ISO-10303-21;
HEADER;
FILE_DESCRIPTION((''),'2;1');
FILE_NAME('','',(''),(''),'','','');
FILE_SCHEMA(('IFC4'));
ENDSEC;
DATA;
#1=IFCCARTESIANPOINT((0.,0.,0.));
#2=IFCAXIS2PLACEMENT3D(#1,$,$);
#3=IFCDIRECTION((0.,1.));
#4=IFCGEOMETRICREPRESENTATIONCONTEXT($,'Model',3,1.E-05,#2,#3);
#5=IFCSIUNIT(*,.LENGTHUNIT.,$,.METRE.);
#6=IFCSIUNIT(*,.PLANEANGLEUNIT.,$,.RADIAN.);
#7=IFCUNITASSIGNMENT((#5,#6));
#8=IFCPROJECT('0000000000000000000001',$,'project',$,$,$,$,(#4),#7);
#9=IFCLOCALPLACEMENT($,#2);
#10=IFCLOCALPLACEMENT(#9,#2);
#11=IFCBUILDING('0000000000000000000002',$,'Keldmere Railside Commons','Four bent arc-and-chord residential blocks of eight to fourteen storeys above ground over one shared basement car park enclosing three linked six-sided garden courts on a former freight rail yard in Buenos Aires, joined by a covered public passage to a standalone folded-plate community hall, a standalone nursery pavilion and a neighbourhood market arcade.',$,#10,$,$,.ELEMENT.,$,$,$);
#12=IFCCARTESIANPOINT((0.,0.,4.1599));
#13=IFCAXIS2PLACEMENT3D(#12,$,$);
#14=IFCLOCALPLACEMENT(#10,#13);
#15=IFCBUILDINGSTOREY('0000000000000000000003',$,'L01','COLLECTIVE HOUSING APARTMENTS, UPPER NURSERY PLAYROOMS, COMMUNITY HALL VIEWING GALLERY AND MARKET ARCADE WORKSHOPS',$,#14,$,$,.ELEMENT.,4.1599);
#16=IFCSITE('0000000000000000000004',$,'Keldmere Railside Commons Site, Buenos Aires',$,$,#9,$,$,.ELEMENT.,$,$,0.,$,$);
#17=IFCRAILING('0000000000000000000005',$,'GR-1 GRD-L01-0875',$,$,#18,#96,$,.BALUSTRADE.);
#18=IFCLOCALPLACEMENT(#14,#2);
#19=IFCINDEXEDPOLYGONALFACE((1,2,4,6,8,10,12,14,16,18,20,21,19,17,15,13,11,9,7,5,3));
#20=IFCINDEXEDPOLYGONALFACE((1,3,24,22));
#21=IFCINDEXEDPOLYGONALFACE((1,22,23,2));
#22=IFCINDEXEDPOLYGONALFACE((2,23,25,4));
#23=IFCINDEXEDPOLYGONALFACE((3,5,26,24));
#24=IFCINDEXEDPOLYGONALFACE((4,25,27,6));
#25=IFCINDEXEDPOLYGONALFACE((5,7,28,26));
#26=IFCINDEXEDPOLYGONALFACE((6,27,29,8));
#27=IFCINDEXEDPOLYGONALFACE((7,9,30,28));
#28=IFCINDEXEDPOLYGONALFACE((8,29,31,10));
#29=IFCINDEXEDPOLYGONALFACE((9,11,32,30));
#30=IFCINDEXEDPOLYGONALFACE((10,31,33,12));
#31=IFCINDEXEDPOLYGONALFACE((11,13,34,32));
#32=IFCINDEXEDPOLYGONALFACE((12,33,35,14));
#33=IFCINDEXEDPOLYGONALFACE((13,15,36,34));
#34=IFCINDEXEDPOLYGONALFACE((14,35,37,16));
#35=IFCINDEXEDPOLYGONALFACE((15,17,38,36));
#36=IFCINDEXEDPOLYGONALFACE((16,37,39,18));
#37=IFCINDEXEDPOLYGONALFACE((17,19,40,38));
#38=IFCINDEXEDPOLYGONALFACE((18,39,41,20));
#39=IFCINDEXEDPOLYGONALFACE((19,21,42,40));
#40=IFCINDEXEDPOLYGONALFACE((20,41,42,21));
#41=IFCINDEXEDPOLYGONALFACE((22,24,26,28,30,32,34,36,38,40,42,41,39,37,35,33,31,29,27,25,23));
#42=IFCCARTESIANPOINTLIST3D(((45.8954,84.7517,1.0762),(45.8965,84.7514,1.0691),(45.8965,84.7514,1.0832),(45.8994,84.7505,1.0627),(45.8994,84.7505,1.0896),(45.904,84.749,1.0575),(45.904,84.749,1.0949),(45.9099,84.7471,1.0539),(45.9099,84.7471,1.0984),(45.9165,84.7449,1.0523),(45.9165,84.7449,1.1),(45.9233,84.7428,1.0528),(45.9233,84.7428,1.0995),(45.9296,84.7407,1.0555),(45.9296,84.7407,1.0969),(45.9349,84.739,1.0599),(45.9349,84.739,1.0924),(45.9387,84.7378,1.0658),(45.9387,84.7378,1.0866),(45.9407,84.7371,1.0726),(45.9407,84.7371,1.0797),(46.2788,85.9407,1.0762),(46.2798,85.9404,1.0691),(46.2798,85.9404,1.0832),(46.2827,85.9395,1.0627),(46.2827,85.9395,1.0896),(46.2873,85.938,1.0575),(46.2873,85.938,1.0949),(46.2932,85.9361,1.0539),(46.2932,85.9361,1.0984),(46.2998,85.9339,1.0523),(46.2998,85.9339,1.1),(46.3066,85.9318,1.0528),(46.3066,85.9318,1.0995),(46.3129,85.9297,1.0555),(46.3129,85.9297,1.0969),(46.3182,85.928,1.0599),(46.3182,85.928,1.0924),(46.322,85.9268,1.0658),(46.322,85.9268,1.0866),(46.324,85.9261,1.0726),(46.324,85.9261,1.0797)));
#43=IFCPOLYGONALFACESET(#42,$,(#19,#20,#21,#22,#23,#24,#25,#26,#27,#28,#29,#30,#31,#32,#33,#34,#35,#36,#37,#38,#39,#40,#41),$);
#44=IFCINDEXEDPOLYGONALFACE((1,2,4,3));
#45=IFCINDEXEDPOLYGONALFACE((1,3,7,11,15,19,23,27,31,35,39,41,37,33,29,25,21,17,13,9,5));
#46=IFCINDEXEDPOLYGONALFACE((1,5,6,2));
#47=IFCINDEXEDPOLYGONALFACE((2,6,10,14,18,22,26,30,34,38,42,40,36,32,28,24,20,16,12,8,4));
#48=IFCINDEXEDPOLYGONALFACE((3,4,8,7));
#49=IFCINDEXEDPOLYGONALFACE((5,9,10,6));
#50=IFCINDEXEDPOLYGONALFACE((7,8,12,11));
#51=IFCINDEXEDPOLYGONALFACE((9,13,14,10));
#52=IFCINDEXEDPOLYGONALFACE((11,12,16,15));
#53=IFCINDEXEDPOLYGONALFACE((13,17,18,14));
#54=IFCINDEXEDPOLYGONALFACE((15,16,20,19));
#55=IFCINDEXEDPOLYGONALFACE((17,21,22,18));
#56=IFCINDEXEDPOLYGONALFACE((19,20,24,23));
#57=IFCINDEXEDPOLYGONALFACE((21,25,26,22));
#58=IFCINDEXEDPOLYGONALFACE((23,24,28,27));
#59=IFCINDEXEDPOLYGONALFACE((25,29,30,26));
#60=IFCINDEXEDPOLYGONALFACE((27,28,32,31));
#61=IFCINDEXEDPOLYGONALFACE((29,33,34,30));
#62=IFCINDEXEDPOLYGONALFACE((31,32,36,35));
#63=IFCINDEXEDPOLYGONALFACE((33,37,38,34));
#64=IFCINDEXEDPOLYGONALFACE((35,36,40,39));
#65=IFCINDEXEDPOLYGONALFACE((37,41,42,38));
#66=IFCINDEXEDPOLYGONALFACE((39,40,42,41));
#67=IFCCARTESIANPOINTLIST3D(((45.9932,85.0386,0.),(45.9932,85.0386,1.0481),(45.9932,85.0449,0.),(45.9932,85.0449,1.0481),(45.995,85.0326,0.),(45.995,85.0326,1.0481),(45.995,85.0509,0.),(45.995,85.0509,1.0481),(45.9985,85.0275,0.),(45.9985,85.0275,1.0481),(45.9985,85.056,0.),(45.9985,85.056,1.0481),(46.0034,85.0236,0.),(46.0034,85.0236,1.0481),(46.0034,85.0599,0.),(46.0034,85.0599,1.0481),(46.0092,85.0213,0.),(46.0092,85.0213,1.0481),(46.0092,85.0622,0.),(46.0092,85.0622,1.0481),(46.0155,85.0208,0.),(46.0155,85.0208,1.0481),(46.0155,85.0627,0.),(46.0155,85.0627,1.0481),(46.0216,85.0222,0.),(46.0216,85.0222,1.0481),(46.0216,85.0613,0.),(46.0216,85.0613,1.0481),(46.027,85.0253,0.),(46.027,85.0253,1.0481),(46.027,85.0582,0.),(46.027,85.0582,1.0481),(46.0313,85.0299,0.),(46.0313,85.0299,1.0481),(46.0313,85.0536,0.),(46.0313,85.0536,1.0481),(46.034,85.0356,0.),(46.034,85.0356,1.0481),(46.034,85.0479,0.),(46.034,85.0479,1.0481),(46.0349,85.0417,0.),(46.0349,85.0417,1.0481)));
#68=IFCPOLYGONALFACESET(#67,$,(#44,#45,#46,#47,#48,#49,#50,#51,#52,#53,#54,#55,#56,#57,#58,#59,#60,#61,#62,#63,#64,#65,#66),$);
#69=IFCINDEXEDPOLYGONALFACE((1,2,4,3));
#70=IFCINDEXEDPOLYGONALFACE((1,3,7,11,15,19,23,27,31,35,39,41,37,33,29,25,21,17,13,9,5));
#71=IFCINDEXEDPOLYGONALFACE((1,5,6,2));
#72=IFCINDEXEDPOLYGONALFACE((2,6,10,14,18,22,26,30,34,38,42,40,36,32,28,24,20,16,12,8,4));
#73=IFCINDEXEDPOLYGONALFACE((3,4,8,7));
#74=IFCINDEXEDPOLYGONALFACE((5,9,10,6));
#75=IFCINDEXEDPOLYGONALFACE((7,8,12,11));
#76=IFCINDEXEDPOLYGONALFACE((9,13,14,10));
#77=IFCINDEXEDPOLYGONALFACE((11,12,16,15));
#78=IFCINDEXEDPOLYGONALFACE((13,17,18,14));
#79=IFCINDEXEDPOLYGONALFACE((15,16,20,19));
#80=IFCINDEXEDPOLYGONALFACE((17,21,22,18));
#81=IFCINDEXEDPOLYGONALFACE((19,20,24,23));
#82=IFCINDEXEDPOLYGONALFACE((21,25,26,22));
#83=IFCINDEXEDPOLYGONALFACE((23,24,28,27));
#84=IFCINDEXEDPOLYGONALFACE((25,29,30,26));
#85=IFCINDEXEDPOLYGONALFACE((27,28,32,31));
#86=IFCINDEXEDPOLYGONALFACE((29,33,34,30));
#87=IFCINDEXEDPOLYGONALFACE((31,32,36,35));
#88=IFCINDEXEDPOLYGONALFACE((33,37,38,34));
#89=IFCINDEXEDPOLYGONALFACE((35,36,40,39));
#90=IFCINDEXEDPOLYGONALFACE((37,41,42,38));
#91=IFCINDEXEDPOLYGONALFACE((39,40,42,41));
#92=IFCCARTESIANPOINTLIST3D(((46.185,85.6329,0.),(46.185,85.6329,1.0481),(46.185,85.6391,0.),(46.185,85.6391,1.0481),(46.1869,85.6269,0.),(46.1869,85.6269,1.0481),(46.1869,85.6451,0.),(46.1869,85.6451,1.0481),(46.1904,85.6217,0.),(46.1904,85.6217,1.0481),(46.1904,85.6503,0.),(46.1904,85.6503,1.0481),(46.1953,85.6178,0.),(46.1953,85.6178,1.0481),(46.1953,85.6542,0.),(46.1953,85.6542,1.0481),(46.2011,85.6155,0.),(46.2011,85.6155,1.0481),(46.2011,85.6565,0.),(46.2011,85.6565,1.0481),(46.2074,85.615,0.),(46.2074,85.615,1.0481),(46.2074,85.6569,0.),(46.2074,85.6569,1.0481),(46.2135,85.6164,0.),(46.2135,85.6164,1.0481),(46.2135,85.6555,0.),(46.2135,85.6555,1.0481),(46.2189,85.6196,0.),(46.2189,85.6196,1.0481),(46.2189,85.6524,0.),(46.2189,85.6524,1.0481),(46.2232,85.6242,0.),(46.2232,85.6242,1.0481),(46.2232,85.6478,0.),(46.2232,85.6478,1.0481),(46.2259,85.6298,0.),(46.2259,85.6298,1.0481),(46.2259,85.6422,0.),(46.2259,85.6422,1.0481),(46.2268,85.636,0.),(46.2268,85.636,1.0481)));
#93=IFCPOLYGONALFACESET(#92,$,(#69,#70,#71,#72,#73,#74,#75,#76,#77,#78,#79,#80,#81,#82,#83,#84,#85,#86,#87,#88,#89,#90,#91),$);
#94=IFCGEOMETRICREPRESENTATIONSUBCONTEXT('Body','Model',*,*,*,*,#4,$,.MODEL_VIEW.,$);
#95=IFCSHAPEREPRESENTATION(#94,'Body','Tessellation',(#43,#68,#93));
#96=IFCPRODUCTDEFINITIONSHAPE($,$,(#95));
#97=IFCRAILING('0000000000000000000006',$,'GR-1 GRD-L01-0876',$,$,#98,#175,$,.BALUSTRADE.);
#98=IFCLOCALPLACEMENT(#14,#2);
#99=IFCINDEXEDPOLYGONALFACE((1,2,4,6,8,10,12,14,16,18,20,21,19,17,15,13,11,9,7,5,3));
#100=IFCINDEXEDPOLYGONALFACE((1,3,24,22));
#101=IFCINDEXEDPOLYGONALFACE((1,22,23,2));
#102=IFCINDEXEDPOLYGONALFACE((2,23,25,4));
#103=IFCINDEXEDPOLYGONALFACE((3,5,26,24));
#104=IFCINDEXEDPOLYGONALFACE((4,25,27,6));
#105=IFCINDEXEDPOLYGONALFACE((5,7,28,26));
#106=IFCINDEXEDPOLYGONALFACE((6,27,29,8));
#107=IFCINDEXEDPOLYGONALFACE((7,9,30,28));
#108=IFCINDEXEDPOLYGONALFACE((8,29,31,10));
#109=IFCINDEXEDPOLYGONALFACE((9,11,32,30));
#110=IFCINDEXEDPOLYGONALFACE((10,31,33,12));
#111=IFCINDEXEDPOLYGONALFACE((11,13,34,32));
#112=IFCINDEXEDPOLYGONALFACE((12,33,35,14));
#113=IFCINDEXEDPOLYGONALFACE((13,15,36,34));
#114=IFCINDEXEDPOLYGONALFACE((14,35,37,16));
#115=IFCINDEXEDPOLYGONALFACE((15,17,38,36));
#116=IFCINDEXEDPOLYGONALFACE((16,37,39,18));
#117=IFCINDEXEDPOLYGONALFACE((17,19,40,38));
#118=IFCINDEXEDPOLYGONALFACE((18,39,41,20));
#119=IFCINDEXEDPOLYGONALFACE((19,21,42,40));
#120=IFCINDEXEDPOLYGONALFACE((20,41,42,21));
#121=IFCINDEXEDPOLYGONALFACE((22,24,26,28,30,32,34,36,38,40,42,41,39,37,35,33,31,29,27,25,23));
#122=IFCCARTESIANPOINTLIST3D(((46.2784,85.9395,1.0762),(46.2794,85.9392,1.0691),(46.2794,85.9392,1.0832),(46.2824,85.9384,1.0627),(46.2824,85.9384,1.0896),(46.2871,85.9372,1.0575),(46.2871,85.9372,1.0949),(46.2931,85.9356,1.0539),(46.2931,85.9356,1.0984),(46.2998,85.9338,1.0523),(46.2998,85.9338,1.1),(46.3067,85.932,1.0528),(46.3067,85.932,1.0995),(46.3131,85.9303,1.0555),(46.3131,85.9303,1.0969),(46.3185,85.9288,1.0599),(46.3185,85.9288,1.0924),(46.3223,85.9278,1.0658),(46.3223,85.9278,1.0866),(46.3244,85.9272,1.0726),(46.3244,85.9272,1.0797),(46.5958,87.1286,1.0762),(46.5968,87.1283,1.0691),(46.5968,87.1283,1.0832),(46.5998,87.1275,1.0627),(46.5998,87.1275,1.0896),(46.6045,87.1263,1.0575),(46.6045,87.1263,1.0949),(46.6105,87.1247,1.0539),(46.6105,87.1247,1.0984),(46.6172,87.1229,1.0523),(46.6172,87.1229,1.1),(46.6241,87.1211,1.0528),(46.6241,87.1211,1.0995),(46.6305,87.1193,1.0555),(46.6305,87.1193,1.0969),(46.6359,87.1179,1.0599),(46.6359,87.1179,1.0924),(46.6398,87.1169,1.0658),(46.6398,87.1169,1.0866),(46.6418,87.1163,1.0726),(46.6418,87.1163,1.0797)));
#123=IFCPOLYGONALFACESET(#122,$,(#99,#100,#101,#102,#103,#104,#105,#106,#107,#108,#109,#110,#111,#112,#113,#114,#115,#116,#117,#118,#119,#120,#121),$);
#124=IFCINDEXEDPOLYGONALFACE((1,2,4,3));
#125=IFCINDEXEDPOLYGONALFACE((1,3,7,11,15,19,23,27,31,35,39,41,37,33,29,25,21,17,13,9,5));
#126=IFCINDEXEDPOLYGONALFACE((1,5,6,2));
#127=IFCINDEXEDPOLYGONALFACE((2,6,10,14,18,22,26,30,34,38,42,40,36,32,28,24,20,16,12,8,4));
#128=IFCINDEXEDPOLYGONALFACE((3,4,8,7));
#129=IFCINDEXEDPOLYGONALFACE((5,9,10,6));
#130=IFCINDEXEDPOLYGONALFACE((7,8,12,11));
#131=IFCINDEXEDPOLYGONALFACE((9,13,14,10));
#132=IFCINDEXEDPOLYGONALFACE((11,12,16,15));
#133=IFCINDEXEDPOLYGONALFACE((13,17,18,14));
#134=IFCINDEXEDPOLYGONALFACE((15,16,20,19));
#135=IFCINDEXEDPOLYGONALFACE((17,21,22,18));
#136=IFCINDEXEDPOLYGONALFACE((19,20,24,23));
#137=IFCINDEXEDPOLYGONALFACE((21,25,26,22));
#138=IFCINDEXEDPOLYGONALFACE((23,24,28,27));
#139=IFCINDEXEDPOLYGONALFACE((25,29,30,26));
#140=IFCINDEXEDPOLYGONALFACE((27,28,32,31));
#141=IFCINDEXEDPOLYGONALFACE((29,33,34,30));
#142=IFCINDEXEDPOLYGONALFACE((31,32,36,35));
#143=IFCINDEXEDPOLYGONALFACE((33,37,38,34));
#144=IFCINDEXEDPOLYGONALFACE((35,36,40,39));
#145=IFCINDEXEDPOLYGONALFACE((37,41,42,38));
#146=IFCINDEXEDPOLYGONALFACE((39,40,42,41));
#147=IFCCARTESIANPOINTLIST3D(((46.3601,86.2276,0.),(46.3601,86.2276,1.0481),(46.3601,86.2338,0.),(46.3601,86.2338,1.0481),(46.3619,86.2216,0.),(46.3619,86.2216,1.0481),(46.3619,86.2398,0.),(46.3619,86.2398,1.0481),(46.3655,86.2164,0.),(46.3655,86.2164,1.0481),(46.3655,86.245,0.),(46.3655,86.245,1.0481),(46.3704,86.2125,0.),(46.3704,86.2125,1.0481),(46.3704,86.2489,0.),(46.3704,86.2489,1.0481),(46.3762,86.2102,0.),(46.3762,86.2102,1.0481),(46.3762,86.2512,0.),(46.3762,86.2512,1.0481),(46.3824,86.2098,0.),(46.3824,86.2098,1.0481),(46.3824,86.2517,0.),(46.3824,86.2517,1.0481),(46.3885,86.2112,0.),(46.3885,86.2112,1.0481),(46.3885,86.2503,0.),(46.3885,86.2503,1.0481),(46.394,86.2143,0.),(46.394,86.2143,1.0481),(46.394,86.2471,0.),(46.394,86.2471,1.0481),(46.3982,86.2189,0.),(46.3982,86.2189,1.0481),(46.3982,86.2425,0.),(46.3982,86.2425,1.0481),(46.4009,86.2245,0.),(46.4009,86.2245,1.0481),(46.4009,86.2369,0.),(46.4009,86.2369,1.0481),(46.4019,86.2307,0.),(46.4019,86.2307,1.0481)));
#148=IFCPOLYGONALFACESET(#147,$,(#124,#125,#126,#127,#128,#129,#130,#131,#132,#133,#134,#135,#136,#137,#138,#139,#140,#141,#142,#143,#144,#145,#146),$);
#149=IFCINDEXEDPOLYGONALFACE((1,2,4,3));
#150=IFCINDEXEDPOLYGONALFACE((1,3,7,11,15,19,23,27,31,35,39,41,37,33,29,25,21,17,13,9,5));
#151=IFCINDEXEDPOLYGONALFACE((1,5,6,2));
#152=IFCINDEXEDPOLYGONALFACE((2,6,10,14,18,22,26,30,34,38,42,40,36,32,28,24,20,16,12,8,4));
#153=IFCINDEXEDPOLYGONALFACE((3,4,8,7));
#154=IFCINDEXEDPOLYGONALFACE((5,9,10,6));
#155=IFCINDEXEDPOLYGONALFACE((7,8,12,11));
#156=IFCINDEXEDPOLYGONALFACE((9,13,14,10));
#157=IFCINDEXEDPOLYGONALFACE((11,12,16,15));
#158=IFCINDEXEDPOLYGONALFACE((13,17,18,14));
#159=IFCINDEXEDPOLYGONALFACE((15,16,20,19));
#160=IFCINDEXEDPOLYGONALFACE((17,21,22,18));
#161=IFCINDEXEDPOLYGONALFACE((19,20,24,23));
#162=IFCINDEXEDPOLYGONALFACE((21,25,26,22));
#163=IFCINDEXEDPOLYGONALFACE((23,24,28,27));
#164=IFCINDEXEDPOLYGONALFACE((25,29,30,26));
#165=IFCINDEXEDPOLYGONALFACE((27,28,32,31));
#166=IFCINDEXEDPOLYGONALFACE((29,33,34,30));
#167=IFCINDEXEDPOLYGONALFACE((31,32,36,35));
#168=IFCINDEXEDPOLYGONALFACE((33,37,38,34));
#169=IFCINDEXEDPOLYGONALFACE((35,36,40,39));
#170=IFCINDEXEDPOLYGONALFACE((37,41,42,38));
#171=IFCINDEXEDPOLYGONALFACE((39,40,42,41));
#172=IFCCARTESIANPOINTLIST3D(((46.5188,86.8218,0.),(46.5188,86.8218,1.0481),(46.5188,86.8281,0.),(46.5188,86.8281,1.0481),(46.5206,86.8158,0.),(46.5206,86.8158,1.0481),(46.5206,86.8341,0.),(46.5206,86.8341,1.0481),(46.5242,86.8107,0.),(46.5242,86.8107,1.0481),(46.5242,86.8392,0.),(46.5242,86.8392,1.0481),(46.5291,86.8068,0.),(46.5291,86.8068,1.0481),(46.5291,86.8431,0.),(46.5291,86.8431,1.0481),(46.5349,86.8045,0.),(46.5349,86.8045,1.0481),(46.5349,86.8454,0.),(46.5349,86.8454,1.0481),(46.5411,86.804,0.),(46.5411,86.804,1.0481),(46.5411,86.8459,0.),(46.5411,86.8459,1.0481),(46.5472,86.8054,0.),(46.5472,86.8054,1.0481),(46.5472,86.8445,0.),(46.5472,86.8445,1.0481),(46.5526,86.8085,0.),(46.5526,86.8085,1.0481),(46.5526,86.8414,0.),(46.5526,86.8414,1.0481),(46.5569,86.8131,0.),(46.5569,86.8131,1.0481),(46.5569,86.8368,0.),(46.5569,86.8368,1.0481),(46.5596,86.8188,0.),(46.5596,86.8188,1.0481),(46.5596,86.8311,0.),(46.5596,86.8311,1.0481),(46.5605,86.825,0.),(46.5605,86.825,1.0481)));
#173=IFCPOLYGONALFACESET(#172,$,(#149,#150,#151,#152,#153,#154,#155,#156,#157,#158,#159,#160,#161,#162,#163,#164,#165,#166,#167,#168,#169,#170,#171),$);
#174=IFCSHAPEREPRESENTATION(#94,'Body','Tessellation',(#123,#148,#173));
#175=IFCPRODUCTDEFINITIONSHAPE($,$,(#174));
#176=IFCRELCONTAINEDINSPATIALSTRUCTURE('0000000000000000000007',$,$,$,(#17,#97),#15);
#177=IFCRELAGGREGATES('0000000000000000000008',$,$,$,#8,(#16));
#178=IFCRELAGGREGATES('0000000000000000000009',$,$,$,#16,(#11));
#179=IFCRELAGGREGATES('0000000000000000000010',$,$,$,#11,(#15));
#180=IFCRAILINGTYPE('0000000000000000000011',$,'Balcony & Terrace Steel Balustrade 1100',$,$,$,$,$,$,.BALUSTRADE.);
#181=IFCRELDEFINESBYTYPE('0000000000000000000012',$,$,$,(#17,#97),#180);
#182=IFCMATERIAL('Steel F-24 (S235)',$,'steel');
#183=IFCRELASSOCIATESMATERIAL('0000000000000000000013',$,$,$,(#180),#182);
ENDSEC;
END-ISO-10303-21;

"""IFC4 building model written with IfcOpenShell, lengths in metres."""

from ifc_helpers import new_model, si_unit, direction, frame, origin, origin_2d, place, context, subcontext, project, spatial, circle, extrude, material, type_object, element, save


model = new_model("IFC4")

# Units and contexts
model_context = context("Model", 3, precision=1e-05, world=origin(), true_north=direction((0.0, 1.0)))
body_context = subcontext(model_context, "Body", "Model", "MODEL_VIEW")
ifc_project = project(units=[si_unit("LENGTHUNIT", "METRE"), si_unit("PLANEANGLEUNIT", "RADIAN")], contexts=[model_context])

# Site, building, storey
site_placement = place(None, origin())
site = spatial("IfcSite", under=ifc_project, at=site_placement, Name="Keldmere Railside Commons Site, Buenos Aires", CompositionType="ELEMENT", RefElevation=0.0)
building_placement = place(site_placement, origin())
building = spatial("IfcBuilding", under=site, at=building_placement, Name="Keldmere Railside Commons", Description="Four bent arc-and-chord residential blocks of eight to fourteen storeys above ground over one shared basement car park enclosing three linked six-sided garden courts on a former freight rail yard in Buenos Aires, joined by a covered public passage to a standalone folded-plate community hall, a standalone nursery pavilion and a neighbourhood market arcade.", CompositionType="ELEMENT")
storey_placement = place(building_placement, frame((0.0, 0.0, 4.1599)))
storey = spatial("IfcBuildingStorey", under=building, at=storey_placement, Name="L01", Description="COLLECTIVE HOUSING APARTMENTS, UPPER NURSERY PLAYROOMS, COMMUNITY HALL VIEWING GALLERY AND MARKET ARCADE WORKSHOPS", CompositionType="ELEMENT", Elevation=4.1599)

# Shared definitions
ifc_material_1 = material(Name="Steel F-24 (S235)", Category="steel")

# Railings
railing_type = type_object("IfcRailingType", Name="Balcony & Terrace Steel Balustrade 1100", PredefinedType="BALUSTRADE", material=ifc_material_1)
railing_1_placement = place(storey_placement, frame((45.9182, 84.7444, 0.0)))
element("IfcRailing", 1, at=railing_1_placement, inside=storey, type_object=railing_type, Name="GR-1 GRD-L01-0875", PredefinedType="BALUSTRADE", context=body_context, shape_type="SweptSolid", body=[
    extrude(circle(Radius=0.0239, at=origin_2d()), frame((0.0, 0.0, 1.0762), z_axis=(0.306831, 0.951764, 0.0), x_axis=(-0.951764, 0.306831, 0.0)), (0.0, 0.0, 1.0), 1.2493),
    extrude(circle(Radius=0.021, at=origin_2d()), frame((0.0957, 0.2974, 0.0)), (0.0, 0.0, 1.0), 1.0481),
    extrude(circle(Radius=0.021, at=origin_2d()), frame((0.2876, 0.8916, 0.0)), (0.0, 0.0, 1.0), 1.0481),
])
railing_2_placement = place(storey_placement, frame((46.3015, 85.9333, 0.0)))
element("IfcRailing", 2, at=railing_2_placement, inside=storey, type_object=railing_type, Name="GR-1 GRD-L01-0876", PredefinedType="BALUSTRADE", context=body_context, shape_type="SweptSolid", body=[
    extrude(circle(Radius=0.0239, at=origin_2d()), frame((0.0, 0.0, 1.0762), z_axis=(0.25791, 0.966169, 0.0), x_axis=(-0.966169, 0.25791, 0.0)), (0.0, 0.0, 1.0), 1.2307),
    extrude(circle(Radius=0.021, at=origin_2d()), frame((0.0793, 0.2974, 0.0)), (0.0, 0.0, 1.0), 1.0481),
    extrude(circle(Radius=0.021, at=origin_2d()), frame((0.238, 0.8916, 0.0)), (0.0, 0.0, 1.0), 1.0481),
])

save(model, "model.ifc")
